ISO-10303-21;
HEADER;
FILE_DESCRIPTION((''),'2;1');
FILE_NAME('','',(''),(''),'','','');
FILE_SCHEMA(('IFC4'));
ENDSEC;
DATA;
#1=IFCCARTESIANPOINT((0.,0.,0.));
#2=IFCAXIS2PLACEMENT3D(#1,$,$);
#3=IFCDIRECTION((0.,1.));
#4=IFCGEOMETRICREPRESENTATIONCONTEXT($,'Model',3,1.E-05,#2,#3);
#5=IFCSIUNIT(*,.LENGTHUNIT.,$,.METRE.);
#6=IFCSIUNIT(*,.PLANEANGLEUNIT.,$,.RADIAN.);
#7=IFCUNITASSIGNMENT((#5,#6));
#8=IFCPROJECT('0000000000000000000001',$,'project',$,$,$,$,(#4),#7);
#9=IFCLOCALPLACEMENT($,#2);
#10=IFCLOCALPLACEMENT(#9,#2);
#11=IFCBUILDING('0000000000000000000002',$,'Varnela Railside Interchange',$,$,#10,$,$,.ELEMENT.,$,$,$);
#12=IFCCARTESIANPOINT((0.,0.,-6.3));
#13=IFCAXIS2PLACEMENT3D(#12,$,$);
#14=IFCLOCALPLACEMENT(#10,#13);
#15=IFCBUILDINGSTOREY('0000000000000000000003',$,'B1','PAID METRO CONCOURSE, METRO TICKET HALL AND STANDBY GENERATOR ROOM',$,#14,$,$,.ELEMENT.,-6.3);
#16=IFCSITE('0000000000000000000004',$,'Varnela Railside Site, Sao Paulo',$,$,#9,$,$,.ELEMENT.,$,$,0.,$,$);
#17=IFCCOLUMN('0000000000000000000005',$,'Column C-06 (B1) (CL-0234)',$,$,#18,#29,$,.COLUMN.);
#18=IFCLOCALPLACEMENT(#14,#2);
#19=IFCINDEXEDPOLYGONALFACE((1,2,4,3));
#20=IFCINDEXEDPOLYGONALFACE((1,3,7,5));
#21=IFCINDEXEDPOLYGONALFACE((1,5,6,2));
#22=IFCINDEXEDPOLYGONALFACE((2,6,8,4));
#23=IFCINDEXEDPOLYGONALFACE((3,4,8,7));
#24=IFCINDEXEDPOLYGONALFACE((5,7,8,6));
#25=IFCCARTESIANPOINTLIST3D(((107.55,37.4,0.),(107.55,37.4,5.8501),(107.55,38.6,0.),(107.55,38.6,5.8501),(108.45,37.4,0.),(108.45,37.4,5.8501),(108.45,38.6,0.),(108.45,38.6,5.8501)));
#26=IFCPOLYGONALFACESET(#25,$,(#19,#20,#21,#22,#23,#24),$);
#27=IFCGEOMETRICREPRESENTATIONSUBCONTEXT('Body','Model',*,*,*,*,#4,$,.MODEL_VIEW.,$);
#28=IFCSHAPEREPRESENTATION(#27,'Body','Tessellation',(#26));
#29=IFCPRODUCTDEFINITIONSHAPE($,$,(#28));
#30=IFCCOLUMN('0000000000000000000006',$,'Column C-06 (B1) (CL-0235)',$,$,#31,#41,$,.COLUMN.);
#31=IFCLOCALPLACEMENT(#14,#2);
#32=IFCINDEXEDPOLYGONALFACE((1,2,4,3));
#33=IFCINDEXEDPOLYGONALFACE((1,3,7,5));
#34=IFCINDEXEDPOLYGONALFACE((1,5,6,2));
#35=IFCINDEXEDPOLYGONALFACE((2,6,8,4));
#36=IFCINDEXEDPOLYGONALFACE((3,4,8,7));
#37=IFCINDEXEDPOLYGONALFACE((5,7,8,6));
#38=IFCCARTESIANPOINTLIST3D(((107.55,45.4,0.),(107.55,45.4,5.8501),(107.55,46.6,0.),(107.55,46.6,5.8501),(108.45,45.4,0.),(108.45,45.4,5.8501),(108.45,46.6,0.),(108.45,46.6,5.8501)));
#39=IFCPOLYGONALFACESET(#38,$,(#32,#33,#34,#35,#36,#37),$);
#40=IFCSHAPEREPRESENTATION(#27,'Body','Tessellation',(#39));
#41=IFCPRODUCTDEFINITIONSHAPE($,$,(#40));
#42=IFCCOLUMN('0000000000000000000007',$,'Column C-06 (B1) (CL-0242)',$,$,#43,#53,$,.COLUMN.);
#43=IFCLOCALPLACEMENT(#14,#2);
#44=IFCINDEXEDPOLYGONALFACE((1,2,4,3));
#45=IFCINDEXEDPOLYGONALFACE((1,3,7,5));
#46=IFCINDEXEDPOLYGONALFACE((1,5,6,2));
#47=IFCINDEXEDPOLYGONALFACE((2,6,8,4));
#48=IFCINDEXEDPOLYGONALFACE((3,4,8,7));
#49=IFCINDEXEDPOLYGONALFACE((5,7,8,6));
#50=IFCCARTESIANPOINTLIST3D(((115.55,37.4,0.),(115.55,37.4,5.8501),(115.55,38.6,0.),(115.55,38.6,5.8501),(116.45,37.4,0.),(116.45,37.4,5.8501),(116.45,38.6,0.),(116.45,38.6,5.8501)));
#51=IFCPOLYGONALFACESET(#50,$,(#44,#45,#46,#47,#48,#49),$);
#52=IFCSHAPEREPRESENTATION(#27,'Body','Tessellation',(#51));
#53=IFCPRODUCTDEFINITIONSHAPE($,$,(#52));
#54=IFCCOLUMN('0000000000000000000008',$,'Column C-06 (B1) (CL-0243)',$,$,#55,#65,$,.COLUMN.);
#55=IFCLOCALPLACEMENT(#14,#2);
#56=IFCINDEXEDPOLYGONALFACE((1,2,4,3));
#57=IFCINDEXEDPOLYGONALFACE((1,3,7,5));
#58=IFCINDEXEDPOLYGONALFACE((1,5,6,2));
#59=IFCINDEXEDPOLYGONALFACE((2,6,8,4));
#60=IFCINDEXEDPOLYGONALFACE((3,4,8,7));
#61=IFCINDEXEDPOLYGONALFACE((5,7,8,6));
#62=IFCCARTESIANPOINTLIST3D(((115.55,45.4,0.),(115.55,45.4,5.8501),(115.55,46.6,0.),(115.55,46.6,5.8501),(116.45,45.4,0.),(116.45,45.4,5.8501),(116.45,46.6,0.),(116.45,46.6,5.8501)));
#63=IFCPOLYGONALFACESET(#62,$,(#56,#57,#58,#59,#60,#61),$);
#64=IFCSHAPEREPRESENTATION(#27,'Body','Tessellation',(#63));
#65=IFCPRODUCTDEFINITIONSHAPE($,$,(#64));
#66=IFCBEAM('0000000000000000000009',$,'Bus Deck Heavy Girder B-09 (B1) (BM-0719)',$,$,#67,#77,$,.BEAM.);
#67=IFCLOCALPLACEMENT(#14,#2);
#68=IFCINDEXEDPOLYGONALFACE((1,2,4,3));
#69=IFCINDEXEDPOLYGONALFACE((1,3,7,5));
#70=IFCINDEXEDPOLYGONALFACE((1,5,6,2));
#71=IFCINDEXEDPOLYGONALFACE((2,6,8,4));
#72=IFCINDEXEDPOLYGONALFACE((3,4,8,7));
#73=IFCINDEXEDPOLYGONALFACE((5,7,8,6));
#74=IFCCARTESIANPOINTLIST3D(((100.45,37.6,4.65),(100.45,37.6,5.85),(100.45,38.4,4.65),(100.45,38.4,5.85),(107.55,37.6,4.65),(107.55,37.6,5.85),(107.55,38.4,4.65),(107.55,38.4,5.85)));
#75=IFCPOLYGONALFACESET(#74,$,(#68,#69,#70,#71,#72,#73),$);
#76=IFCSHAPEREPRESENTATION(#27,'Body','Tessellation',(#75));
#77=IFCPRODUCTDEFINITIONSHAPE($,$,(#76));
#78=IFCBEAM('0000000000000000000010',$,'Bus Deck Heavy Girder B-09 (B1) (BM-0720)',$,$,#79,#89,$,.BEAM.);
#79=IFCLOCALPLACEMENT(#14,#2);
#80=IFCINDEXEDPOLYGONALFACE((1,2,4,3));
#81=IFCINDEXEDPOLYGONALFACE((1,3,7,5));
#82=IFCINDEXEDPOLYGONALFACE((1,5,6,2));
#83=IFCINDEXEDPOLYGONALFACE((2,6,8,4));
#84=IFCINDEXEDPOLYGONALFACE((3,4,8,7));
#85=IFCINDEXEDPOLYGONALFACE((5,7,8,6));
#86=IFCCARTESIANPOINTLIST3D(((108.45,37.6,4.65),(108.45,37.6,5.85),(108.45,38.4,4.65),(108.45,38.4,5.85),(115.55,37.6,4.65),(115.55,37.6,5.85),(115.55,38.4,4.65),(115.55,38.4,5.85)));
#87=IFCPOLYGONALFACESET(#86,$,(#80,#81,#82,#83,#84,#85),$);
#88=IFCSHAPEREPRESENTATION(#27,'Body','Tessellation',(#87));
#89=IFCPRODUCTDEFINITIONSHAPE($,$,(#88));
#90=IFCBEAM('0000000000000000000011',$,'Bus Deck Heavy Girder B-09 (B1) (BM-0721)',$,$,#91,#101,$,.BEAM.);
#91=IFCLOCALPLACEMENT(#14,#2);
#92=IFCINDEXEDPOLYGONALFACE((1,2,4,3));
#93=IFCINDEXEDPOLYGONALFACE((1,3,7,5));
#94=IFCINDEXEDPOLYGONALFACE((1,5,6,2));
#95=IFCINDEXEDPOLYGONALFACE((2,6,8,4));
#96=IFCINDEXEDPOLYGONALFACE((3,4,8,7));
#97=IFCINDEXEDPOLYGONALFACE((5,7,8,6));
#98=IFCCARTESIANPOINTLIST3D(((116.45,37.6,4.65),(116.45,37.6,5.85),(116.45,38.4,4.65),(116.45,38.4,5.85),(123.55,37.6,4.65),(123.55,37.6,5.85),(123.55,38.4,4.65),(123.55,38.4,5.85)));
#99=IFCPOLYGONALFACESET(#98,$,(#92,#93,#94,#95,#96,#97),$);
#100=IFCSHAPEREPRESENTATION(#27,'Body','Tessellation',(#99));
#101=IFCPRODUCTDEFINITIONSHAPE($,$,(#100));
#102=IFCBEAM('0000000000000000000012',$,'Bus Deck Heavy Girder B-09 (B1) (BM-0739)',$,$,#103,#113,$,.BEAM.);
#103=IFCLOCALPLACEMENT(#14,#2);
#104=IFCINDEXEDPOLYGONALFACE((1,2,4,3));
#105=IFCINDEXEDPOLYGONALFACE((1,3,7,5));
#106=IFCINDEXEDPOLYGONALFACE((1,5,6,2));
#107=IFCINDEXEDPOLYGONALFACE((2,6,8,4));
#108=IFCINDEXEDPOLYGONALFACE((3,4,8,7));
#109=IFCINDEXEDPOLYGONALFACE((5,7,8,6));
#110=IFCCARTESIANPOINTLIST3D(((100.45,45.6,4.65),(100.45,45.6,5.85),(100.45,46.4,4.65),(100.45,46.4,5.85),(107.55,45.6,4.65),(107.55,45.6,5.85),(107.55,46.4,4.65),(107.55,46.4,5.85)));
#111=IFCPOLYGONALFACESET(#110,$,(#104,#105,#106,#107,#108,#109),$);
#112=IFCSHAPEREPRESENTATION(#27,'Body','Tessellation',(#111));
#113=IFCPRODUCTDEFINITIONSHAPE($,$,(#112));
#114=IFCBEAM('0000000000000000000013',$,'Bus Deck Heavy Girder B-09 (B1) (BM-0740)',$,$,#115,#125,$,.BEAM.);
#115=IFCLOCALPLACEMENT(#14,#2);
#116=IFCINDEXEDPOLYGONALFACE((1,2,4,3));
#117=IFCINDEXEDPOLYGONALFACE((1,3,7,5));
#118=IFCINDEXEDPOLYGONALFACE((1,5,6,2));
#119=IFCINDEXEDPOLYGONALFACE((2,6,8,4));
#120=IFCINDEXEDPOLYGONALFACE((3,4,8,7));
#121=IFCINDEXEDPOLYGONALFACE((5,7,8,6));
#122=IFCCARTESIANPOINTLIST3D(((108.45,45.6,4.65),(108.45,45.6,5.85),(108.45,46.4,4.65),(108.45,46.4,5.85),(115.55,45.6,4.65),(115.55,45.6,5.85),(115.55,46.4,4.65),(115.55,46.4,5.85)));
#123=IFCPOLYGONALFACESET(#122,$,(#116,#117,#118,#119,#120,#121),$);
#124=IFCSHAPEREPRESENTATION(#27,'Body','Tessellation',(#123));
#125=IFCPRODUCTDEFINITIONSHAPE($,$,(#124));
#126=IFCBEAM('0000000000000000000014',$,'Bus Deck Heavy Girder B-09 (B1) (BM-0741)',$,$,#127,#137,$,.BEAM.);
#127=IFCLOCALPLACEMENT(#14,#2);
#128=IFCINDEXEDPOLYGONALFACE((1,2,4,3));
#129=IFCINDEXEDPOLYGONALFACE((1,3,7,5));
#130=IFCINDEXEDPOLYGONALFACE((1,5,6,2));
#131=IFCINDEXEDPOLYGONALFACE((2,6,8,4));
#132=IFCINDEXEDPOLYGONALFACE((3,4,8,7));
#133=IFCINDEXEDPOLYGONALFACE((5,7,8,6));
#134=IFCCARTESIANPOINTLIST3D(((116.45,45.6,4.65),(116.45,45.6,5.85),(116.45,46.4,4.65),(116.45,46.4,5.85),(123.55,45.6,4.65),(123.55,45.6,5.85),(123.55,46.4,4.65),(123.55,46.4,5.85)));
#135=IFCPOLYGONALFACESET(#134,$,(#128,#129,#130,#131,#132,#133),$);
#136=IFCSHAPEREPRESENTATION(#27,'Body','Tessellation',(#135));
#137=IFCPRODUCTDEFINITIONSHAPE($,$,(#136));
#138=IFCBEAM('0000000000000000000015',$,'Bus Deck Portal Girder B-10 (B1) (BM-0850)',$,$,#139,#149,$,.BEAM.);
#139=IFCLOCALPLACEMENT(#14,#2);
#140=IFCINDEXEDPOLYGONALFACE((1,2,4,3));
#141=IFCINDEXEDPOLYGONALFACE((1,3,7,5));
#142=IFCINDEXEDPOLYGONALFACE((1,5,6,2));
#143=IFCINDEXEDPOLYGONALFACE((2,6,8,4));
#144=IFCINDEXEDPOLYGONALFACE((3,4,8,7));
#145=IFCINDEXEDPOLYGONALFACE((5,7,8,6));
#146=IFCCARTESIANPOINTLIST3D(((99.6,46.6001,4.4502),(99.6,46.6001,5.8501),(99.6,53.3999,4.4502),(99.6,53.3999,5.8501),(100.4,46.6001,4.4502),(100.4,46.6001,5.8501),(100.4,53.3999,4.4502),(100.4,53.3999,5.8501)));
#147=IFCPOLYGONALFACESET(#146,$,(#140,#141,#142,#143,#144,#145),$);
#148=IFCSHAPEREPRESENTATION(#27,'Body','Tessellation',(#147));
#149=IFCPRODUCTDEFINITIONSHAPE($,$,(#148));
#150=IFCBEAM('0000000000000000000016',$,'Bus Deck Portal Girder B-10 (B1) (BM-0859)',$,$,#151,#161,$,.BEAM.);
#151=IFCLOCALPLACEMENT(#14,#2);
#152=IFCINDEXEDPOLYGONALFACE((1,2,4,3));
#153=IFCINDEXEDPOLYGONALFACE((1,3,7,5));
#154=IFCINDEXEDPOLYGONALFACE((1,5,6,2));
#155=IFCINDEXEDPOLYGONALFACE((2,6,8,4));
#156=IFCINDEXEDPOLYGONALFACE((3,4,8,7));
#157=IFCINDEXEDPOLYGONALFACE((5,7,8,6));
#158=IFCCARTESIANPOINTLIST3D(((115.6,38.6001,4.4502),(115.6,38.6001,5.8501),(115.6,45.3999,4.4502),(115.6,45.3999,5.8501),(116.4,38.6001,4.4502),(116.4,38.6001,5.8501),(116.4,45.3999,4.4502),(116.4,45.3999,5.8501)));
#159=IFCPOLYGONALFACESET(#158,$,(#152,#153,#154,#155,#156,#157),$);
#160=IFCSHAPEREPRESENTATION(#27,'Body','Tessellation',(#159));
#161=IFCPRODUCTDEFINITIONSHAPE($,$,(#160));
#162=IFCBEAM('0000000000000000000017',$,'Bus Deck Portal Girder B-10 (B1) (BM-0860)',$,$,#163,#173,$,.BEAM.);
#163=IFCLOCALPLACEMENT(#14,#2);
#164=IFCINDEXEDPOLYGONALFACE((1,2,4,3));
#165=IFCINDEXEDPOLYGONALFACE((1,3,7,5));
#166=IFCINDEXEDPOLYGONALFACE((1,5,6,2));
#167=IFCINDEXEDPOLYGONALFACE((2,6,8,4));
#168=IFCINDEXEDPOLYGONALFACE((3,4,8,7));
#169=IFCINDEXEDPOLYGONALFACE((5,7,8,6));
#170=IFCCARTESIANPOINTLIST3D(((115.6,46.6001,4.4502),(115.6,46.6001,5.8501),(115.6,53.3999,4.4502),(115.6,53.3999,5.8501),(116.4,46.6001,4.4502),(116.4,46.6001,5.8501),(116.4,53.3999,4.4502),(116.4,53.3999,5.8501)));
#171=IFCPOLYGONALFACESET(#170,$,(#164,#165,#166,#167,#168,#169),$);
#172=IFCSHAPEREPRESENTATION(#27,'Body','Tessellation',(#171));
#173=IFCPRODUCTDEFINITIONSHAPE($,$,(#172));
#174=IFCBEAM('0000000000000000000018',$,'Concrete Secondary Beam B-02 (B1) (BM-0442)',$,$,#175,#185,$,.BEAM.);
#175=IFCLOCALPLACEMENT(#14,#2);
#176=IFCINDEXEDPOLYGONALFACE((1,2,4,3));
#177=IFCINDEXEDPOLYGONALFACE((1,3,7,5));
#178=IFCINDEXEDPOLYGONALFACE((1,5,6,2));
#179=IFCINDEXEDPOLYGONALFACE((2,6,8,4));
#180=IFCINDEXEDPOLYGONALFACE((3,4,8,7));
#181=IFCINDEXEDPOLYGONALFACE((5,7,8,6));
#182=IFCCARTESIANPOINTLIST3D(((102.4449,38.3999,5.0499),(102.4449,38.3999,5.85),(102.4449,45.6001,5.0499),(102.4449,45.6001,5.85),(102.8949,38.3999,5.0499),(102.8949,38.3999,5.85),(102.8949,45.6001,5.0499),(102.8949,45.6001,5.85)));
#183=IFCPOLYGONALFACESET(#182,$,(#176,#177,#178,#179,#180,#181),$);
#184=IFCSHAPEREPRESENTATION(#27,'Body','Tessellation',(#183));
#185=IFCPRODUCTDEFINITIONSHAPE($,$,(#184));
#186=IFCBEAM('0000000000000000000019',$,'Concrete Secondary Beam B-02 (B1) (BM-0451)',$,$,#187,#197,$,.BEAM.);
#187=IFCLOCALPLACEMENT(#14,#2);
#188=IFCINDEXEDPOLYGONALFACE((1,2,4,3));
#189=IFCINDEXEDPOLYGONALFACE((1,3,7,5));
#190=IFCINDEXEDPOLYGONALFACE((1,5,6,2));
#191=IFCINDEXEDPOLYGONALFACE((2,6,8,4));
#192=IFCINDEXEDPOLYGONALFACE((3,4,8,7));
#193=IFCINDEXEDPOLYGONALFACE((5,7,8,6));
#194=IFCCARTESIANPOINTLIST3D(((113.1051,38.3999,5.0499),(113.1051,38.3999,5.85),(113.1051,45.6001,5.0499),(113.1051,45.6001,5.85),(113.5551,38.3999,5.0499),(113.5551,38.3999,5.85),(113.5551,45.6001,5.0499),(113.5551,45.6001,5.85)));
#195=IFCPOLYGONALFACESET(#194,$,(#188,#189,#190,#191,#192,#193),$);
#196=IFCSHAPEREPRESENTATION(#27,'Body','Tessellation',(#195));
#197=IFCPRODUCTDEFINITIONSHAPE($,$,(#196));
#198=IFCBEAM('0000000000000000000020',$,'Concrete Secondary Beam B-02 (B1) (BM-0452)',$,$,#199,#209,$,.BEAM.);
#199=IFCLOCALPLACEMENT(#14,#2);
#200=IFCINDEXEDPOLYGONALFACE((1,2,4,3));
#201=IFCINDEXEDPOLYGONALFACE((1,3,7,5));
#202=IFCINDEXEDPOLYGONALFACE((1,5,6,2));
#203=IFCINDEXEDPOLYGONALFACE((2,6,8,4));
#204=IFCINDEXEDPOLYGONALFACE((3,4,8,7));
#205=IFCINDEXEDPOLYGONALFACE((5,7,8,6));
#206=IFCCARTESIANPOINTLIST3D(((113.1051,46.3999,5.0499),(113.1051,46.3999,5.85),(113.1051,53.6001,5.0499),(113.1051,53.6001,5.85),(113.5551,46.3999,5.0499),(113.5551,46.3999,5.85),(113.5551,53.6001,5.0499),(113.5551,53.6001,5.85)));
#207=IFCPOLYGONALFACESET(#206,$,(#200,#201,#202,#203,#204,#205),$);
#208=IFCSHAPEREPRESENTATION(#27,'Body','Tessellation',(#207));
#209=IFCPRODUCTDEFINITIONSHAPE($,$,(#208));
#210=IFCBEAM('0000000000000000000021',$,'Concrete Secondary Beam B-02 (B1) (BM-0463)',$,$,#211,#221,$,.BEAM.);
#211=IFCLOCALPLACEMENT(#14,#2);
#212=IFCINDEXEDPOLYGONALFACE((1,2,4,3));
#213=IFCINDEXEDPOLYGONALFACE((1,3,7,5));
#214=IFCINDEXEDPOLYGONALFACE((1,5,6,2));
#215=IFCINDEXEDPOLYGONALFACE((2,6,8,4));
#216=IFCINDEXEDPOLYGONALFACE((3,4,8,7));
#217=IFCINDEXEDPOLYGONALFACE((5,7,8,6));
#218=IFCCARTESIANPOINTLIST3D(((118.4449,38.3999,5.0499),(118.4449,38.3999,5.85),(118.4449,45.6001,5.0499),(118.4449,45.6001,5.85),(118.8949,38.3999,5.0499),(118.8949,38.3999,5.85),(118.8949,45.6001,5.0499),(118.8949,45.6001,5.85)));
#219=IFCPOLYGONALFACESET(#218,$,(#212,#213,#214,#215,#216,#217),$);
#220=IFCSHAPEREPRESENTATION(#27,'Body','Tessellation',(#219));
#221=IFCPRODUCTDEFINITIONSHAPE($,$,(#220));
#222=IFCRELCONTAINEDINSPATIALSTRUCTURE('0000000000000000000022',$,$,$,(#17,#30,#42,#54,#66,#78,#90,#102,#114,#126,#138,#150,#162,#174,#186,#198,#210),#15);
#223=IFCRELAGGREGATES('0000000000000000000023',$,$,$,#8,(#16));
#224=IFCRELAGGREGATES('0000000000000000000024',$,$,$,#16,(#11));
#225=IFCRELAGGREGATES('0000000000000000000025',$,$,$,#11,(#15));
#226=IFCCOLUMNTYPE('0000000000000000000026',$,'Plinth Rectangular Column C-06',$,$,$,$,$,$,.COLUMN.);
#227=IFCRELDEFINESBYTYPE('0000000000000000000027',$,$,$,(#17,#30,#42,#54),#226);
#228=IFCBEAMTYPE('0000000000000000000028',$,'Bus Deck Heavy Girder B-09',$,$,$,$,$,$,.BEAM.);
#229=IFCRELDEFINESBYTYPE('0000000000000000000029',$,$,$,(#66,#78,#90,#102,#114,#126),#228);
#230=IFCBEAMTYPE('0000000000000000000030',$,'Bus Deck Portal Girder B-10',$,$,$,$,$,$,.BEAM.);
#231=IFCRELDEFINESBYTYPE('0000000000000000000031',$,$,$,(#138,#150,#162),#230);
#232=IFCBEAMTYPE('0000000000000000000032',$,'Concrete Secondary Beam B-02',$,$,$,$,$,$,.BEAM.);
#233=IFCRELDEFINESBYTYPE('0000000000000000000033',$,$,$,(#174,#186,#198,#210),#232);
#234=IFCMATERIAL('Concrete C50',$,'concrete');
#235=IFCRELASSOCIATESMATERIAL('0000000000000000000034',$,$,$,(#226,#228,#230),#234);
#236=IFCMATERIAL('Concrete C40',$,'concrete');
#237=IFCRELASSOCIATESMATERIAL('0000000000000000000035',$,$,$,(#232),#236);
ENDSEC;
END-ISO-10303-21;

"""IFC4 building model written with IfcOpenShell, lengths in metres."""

from ifc_helpers import new_model, si_unit, direction, frame, origin, origin_2d, place, context, subcontext, project, spatial, rectangle, extrude, material, material_profile, profile_set, type_object, element, save


model = new_model("IFC4")

# Units and contexts
model_context = context("Model", 3, precision=1e-05, world=origin(), true_north=direction((0.0, 1.0)))
body_context = subcontext(model_context, "Body", "Model", "MODEL_VIEW")
ifc_project = project(units=[si_unit("LENGTHUNIT", "METRE"), si_unit("PLANEANGLEUNIT", "RADIAN")], contexts=[model_context])

# Site, building, storey
site_placement = place(None, origin())
site = spatial("IfcSite", under=ifc_project, at=site_placement, Name="Varnela Railside Site, Sao Paulo", CompositionType="ELEMENT", RefElevation=0.0)
building_placement = place(site_placement, origin())
building = spatial("IfcBuilding", under=site, at=building_placement, Name="Varnela Railside Interchange", CompositionType="ELEMENT")
storey_placement = place(building_placement, frame((0.0, 0.0, -6.3)))
storey = spatial("IfcBuildingStorey", under=building, at=storey_placement, Name="B1", Description="PAID METRO CONCOURSE, METRO TICKET HALL AND STANDBY GENERATOR ROOM", CompositionType="ELEMENT", Elevation=-6.3)

# Columns
ifc_material_1 = material(Name="Concrete C50", Category="concrete")
ifc_material_profile_1 = material_profile(ifc_material_1, rectangle(XDim=0.8999, YDim=1.2, at=origin_2d()), Name="RC 900x1200")
ifc_profile_set_1 = profile_set([ifc_material_profile_1], Name="Concrete C50")
column_type = type_object("IfcColumnType", Name="Plinth Rectangular Column C-06", PredefinedType="COLUMN", material=ifc_profile_set_1)
for number, where, z_axis, x_axis, name in (
    (1, (108.0, 38.0, 0.0), (0.0, 0.0, 1.0), (1.0, 0.0, 0.0), "Column C-06 (B1) (CL-0234)"),
    (2, (108.0, 46.0, 0.0), (0.0, 0.0, 1.0), (1.0, 0.0, 0.0), "Column C-06 (B1) (CL-0235)"),
    (3, (116.0, 38.0, 0.0), (0.0, 0.0, 1.0), (1.0, 0.0, 0.0), "Column C-06 (B1) (CL-0242)"),
    (4, (116.0, 46.0, 0.0), (0.0, 0.0, 1.0), (1.0, 0.0, 0.0), "Column C-06 (B1) (CL-0243)"),
):
    element("IfcColumn", number, at=place(storey_placement, frame(where, z_axis=z_axis, x_axis=x_axis)), inside=storey, type_object=column_type, Name=name, PredefinedType="COLUMN", context=body_context, shape_type="SweptSolid", body=[
        extrude(rectangle(XDim=0.8999, YDim=1.2, at=origin_2d()), origin(), (0.0, 0.0, 1.0), 5.8501),
    ])

# Beams
ifc_material_profile_2 = material_profile(ifc_material_1, rectangle(XDim=0.8, YDim=1.2, at=origin_2d()), Name="RC 800x1200")
ifc_profile_set_2 = profile_set([ifc_material_profile_2], Name="Concrete C50")
beam_type_1 = type_object("IfcBeamType", Name="Bus Deck Heavy Girder B-09", PredefinedType="BEAM", material=ifc_profile_set_2)
for number, where, z_axis, x_axis, name in (
    (5, (100.45, 38.0, 5.25), (1.0, 0.0, 0.0), (0.0, 1.0, 0.0), "Bus Deck Heavy Girder B-09 (B1) (BM-0719)"),
    (6, (108.45, 38.0, 5.25), (1.0, 0.0, 0.0), (0.0, 1.0, 0.0), "Bus Deck Heavy Girder B-09 (B1) (BM-0720)"),
    (7, (116.45, 38.0, 5.25), (1.0, 0.0, 0.0), (0.0, 1.0, 0.0), "Bus Deck Heavy Girder B-09 (B1) (BM-0721)"),
    (8, (100.45, 46.0, 5.25), (1.0, 0.0, 0.0), (0.0, 1.0, 0.0), "Bus Deck Heavy Girder B-09 (B1) (BM-0739)"),
    (9, (108.45, 46.0, 5.25), (1.0, 0.0, 0.0), (0.0, 1.0, 0.0), "Bus Deck Heavy Girder B-09 (B1) (BM-0740)"),
    (10, (116.45, 46.0, 5.25), (1.0, 0.0, 0.0), (0.0, 1.0, 0.0), "Bus Deck Heavy Girder B-09 (B1) (BM-0741)"),
):
    element("IfcBeam", number, at=place(storey_placement, frame(where, z_axis=z_axis, x_axis=x_axis)), inside=storey, type_object=beam_type_1, Name=name, PredefinedType="BEAM", context=body_context, shape_type="SweptSolid", body=[
        extrude(rectangle(XDim=0.8, YDim=1.2, at=origin_2d()), origin(), (0.0, 0.0, 1.0), 7.1001),
    ])
ifc_material_profile_3 = material_profile(ifc_material_1, rectangle(XDim=0.8, YDim=1.3999, at=origin_2d()), Name="RC 800x1400")
ifc_profile_set_3 = profile_set([ifc_material_profile_3], Name="Concrete C50")
beam_type_2 = type_object("IfcBeamType", Name="Bus Deck Portal Girder B-10", PredefinedType="BEAM", material=ifc_profile_set_3)
for number, where, z_axis, x_axis, name in (
    (11, (100.0, 46.6001, 5.1501), (0.0, 1.0, 0.0), (-1.0, 0.0, 0.0), "Bus Deck Portal Girder B-10 (B1) (BM-0850)"),
    (12, (116.0, 38.6001, 5.1501), (0.0, 1.0, 0.0), (-1.0, 0.0, 0.0), "Bus Deck Portal Girder B-10 (B1) (BM-0859)"),
    (13, (116.0, 46.6001, 5.1501), (0.0, 1.0, 0.0), (-1.0, 0.0, 0.0), "Bus Deck Portal Girder B-10 (B1) (BM-0860)"),
):
    element("IfcBeam", number, at=place(storey_placement, frame(where, z_axis=z_axis, x_axis=x_axis)), inside=storey, type_object=beam_type_2, Name=name, PredefinedType="BEAM", context=body_context, shape_type="SweptSolid", body=[
        extrude(rectangle(XDim=0.8, YDim=1.3999, at=origin_2d()), origin(), (0.0, 0.0, 1.0), 6.7998),
    ])
ifc_material_2 = material(Name="Concrete C40", Category="concrete")
ifc_material_profile_4 = material_profile(ifc_material_2, rectangle(XDim=0.45, YDim=0.8, at=origin_2d()), Name="RC 450x800")
ifc_profile_set_4 = profile_set([ifc_material_profile_4], Name="Concrete C40")
beam_type_3 = type_object("IfcBeamType", Name="Concrete Secondary Beam B-02", PredefinedType="BEAM", material=ifc_profile_set_4)
for number, where, z_axis, x_axis, name in (
    (14, (102.6699, 38.3999, 5.45), (0.0, 1.0, 0.0), (-1.0, 0.0, 0.0), "Concrete Secondary Beam B-02 (B1) (BM-0442)"),
    (15, (113.3301, 38.3999, 5.45), (0.0, 1.0, 0.0), (-1.0, 0.0, 0.0), "Concrete Secondary Beam B-02 (B1) (BM-0451)"),
    (16, (113.3301, 46.3999, 5.45), (0.0, 1.0, 0.0), (-1.0, 0.0, 0.0), "Concrete Secondary Beam B-02 (B1) (BM-0452)"),
    (17, (118.6699, 38.3999, 5.45), (0.0, 1.0, 0.0), (-1.0, 0.0, 0.0), "Concrete Secondary Beam B-02 (B1) (BM-0463)"),
):
    element("IfcBeam", number, at=place(storey_placement, frame(where, z_axis=z_axis, x_axis=x_axis)), inside=storey, type_object=beam_type_3, Name=name, PredefinedType="BEAM", context=body_context, shape_type="SweptSolid", body=[
        extrude(rectangle(XDim=0.45, YDim=0.8, at=origin_2d()), origin(), (0.0, 0.0, 1.0), 7.2002),
    ])

save(model, "model.ifc")
